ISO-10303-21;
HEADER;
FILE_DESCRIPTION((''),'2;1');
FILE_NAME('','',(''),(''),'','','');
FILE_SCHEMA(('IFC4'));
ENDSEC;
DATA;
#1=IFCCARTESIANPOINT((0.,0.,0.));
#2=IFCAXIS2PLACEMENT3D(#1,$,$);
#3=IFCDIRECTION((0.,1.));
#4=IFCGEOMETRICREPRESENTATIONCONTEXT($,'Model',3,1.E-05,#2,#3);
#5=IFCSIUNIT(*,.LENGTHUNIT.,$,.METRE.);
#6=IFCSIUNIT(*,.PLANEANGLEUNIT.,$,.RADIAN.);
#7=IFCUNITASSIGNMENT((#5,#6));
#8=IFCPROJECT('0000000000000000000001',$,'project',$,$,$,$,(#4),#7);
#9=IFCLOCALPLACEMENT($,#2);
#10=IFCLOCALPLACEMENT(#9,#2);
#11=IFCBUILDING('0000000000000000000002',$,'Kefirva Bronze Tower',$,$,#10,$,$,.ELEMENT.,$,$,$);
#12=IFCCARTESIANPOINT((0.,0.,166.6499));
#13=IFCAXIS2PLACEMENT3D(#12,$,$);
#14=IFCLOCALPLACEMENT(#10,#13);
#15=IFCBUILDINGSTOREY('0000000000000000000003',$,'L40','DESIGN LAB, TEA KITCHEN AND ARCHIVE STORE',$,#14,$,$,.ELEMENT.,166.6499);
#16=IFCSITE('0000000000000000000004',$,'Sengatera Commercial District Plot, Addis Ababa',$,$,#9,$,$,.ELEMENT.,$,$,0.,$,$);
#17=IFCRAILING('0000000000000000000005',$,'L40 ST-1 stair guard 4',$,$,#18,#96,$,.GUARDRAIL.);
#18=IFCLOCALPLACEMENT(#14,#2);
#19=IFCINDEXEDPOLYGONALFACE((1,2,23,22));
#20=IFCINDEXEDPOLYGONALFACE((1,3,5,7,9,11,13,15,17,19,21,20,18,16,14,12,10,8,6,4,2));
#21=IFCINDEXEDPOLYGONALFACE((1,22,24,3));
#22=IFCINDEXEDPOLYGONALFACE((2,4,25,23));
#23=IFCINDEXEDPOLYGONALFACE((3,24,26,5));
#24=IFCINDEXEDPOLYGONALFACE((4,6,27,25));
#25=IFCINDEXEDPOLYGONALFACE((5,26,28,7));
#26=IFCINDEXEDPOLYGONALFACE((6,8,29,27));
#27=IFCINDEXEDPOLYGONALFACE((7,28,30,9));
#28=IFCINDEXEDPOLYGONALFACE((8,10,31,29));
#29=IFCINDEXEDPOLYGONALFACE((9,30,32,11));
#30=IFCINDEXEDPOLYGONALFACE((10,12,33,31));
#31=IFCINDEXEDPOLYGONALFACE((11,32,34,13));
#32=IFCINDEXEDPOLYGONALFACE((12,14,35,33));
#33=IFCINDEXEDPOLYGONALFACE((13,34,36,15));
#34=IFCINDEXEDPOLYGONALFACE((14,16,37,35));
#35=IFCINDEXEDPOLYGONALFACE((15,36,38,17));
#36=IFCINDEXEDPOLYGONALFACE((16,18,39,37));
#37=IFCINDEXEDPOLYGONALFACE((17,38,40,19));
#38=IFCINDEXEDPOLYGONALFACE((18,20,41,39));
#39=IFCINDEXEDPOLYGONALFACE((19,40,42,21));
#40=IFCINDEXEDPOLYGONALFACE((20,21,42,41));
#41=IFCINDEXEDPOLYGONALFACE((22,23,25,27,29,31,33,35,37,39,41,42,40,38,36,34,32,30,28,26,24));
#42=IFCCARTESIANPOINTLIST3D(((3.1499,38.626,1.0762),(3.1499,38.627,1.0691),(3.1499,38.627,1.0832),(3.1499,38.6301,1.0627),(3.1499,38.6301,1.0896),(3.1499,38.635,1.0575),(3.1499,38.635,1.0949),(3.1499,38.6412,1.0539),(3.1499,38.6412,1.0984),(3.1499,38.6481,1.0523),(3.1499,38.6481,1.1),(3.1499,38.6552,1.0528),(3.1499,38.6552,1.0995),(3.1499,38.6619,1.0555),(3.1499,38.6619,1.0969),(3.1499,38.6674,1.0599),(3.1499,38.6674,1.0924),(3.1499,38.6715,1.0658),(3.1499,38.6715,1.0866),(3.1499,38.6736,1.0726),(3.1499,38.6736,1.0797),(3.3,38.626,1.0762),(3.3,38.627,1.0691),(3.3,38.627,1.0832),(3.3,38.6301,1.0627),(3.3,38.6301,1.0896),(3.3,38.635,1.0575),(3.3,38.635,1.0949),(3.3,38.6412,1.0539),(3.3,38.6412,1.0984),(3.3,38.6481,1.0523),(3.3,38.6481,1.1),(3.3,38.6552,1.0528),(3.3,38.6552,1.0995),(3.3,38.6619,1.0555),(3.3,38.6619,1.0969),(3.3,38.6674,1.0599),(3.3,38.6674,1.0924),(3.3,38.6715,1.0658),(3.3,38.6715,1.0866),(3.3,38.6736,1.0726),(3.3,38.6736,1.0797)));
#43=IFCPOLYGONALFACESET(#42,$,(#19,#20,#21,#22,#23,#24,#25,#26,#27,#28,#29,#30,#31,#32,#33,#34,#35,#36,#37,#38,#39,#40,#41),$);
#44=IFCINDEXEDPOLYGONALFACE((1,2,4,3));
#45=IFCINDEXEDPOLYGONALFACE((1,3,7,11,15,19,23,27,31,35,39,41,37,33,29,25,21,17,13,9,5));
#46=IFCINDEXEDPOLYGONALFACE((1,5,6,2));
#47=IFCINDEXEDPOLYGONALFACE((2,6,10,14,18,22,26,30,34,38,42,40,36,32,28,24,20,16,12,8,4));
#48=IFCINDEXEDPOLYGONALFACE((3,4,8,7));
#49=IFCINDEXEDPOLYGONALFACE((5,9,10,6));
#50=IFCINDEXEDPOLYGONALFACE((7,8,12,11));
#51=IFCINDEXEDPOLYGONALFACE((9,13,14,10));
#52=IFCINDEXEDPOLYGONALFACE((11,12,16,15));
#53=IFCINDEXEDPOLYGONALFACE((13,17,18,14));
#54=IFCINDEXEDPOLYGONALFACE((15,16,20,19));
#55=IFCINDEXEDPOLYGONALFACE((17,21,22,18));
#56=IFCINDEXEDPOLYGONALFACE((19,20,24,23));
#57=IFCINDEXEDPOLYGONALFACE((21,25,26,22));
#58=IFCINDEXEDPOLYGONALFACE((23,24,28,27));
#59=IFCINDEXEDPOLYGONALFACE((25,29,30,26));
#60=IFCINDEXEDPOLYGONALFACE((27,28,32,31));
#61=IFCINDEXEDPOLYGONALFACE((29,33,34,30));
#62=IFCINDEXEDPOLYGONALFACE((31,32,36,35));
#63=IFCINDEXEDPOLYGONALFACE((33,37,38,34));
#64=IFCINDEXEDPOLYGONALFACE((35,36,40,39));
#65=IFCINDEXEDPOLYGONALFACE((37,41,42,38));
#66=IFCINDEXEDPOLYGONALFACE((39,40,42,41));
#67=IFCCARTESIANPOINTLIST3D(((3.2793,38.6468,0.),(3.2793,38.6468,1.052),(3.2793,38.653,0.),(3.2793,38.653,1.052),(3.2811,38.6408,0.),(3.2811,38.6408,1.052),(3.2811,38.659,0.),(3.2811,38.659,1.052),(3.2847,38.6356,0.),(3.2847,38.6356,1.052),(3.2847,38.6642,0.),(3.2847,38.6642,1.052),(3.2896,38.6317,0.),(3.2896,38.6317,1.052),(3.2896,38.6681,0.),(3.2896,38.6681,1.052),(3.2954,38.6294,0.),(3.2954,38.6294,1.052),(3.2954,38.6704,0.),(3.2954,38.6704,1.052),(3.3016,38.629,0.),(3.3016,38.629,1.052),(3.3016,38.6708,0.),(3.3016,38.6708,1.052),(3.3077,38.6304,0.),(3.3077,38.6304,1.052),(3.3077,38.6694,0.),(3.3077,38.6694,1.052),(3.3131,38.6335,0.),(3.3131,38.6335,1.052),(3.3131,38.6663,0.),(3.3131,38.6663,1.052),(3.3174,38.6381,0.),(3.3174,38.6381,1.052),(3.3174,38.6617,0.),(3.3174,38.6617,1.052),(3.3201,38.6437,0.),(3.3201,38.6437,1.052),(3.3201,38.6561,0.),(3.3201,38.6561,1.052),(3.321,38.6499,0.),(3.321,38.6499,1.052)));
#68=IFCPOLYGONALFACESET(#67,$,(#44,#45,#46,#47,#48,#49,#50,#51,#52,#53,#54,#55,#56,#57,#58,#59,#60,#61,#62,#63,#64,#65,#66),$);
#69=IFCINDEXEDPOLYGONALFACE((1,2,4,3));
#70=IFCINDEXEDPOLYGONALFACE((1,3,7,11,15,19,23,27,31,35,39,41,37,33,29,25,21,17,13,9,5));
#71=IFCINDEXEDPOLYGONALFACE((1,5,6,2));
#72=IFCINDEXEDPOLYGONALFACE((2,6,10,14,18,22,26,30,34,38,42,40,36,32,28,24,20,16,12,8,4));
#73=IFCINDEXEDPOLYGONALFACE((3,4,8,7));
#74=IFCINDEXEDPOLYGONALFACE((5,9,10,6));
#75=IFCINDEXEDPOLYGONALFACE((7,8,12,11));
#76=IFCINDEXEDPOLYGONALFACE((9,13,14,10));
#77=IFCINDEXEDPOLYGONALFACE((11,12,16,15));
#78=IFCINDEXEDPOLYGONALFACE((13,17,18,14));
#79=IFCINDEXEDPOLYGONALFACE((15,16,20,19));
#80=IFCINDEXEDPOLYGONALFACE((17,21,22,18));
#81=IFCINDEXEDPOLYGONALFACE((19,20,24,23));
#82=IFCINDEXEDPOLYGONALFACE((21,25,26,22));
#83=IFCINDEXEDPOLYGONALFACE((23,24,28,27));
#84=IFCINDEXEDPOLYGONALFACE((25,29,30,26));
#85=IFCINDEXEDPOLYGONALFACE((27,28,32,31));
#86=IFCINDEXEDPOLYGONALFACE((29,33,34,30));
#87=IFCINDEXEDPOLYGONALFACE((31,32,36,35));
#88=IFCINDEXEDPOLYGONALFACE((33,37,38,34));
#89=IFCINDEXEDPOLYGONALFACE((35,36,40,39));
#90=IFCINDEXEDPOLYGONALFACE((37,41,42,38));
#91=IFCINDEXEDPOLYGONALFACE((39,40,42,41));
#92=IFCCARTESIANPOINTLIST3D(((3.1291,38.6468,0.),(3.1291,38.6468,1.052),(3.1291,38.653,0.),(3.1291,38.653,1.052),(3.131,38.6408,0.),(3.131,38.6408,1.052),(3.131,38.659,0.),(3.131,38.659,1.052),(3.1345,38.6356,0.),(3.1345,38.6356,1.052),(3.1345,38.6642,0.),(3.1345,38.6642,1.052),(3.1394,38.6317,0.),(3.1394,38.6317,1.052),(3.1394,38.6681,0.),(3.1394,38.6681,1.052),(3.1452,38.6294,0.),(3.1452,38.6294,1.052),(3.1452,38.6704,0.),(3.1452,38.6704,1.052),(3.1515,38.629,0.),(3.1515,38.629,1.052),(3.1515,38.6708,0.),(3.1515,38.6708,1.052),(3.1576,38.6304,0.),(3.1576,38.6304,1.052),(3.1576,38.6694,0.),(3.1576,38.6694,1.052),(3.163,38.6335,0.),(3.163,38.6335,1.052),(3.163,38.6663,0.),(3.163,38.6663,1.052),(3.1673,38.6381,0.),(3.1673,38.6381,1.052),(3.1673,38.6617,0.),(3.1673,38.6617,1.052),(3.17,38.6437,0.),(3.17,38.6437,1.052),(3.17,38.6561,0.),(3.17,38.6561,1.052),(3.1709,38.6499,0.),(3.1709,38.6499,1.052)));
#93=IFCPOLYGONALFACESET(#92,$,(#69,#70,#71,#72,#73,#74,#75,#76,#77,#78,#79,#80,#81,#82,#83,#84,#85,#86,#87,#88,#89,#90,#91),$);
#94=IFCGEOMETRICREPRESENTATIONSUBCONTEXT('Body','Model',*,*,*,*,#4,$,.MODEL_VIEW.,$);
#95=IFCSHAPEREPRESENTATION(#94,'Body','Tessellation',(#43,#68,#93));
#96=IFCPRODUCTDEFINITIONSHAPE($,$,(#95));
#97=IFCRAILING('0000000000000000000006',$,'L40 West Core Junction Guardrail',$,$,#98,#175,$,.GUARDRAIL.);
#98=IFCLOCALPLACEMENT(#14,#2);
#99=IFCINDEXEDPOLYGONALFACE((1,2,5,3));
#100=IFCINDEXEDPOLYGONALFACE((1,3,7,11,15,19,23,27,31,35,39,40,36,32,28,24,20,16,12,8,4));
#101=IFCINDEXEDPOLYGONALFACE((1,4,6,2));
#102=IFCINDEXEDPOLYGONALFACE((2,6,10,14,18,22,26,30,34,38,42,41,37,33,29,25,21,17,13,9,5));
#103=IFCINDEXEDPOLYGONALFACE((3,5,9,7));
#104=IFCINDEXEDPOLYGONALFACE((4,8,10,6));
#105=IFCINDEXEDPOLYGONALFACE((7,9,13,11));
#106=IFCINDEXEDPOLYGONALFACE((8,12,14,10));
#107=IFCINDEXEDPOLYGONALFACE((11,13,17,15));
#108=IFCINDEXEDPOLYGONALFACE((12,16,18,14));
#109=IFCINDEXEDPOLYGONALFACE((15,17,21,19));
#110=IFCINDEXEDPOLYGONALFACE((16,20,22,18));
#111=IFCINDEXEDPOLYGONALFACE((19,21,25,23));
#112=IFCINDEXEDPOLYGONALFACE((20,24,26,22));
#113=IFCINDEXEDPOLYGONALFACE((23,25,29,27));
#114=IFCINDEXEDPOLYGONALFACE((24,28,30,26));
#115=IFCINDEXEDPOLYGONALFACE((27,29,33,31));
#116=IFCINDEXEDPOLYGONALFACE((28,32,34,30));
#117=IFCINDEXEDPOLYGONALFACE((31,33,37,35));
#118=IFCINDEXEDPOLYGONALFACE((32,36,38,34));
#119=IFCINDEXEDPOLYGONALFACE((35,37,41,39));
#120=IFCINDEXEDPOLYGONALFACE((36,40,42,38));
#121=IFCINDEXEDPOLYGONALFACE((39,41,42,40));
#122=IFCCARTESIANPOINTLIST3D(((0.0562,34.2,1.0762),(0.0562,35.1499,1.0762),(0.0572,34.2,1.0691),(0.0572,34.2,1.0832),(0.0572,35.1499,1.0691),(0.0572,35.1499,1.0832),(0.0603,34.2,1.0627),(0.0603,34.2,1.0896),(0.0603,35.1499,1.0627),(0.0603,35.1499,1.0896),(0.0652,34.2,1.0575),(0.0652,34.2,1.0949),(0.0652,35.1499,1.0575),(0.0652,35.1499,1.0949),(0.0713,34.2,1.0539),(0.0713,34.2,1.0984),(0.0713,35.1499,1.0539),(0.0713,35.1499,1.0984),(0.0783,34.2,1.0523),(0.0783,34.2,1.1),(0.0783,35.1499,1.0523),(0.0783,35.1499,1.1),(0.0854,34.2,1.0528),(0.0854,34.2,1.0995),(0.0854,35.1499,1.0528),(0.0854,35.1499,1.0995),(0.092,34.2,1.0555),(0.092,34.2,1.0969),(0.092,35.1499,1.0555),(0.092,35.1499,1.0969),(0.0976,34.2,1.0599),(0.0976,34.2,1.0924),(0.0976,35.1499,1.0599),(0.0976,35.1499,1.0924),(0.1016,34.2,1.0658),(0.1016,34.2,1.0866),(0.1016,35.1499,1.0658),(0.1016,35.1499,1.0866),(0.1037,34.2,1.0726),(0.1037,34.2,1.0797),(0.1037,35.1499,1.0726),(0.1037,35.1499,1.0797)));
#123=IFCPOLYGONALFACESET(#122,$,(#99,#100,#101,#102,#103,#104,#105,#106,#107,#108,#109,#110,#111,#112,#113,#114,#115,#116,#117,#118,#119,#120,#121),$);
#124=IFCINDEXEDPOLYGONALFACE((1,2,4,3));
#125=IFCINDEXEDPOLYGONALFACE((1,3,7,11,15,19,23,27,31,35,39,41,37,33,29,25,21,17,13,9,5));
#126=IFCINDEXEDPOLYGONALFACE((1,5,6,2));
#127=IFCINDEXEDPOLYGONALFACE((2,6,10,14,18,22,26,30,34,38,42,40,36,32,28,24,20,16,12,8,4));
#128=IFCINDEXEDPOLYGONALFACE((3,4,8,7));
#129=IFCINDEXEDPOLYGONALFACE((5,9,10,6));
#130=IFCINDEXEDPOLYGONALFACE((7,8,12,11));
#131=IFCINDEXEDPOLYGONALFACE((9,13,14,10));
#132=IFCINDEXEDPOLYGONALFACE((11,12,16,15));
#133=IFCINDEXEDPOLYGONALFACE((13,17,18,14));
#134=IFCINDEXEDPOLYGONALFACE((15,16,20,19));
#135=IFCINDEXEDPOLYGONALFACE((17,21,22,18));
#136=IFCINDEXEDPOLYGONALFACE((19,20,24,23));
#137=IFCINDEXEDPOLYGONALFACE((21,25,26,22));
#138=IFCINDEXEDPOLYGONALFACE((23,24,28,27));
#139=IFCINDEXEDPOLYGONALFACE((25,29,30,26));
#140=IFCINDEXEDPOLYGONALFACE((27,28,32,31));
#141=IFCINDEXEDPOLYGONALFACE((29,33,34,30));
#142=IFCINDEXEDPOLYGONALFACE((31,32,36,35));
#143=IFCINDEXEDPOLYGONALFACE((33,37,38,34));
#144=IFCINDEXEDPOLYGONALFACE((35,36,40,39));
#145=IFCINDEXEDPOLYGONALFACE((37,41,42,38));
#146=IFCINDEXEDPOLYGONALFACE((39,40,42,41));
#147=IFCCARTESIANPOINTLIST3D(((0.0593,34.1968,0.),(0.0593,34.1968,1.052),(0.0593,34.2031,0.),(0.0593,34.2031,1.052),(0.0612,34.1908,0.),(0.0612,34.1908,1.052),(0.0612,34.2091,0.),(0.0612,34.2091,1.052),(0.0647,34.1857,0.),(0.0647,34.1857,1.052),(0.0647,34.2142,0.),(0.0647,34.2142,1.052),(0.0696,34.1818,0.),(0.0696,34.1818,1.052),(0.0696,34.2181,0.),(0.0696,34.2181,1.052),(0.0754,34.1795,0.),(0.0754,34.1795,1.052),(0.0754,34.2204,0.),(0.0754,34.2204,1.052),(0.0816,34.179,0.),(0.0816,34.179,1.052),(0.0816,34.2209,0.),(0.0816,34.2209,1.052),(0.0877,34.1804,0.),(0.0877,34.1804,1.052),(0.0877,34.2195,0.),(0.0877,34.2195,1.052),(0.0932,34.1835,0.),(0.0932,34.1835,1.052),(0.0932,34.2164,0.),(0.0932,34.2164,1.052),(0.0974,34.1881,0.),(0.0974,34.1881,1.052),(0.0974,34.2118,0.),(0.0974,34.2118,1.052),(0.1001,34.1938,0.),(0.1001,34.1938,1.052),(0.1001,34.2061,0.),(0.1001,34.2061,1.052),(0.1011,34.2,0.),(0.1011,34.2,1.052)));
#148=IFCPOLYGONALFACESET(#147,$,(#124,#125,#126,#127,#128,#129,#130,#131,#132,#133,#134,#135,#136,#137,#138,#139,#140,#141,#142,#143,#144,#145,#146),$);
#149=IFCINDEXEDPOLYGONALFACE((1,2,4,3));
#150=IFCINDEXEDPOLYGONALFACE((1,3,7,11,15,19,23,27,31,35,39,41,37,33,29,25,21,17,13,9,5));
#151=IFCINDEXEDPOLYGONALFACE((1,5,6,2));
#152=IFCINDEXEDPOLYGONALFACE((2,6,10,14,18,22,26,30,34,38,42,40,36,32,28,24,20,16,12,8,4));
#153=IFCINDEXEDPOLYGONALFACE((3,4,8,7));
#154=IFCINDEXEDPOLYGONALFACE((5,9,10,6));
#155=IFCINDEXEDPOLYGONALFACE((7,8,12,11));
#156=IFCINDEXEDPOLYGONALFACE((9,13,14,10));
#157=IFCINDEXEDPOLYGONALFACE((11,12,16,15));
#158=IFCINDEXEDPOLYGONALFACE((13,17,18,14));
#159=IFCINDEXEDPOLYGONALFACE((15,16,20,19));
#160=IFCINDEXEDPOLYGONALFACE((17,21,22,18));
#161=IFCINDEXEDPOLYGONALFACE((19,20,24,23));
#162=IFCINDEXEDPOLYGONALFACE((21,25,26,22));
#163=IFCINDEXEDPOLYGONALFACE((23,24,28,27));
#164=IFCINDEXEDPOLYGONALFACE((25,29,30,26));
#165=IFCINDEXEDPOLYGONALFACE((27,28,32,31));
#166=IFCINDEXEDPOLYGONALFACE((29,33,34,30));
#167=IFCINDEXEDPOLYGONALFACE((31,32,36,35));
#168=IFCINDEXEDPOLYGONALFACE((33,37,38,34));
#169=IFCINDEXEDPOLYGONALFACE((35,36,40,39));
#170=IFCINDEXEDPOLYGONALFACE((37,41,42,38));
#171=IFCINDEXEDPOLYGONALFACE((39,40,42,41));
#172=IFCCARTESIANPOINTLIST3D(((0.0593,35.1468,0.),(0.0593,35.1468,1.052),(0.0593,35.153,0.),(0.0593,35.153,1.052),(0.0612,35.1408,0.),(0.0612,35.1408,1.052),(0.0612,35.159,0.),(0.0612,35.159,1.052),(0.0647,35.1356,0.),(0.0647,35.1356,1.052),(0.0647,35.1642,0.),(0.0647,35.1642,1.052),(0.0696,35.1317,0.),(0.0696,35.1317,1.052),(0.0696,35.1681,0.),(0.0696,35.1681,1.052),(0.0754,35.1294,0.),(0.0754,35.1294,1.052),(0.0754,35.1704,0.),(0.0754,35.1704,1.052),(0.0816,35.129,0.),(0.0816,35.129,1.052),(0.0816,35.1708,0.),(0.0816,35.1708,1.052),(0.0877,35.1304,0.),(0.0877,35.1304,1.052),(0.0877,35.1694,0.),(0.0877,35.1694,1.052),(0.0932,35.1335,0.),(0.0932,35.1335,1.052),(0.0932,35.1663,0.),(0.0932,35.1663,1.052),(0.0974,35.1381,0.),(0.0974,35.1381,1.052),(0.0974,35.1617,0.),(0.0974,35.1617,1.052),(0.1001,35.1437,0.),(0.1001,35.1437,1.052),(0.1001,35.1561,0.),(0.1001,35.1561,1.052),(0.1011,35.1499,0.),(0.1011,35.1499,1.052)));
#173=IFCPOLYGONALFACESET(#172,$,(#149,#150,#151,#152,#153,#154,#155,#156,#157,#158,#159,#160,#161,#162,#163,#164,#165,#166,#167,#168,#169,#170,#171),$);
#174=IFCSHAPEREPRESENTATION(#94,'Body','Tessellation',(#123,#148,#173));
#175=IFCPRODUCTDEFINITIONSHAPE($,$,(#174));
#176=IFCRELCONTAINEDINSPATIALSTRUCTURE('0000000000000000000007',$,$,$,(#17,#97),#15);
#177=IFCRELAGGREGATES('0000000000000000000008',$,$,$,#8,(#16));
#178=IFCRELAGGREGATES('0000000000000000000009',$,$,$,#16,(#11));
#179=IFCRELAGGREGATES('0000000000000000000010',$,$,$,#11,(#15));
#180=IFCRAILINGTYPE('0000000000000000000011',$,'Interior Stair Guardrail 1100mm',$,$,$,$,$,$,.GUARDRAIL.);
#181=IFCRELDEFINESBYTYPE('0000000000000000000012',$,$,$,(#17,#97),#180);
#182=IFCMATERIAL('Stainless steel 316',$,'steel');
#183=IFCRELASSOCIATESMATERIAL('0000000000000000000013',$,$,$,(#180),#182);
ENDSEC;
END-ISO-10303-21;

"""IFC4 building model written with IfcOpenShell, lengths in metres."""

from ifc_helpers import new_model, si_unit, direction, frame, origin, origin_2d, place, context, subcontext, project, spatial, circle, extrude, material, type_object, element, save


model = new_model("IFC4")

# Units and contexts
model_context = context("Model", 3, precision=1e-05, world=origin(), true_north=direction((0.0, 1.0)))
body_context = subcontext(model_context, "Body", "Model", "MODEL_VIEW")
ifc_project = project(units=[si_unit("LENGTHUNIT", "METRE"), si_unit("PLANEANGLEUNIT", "RADIAN")], contexts=[model_context])

# Site, building, storey
site_placement = place(None, origin())
site = spatial("IfcSite", under=ifc_project, at=site_placement, Name="Sengatera Commercial District Plot, Addis Ababa", CompositionType="ELEMENT", RefElevation=0.0)
building_placement = place(site_placement, origin())
building = spatial("IfcBuilding", under=site, at=building_placement, Name="Kefirva Bronze Tower", CompositionType="ELEMENT")
storey_placement = place(building_placement, frame((0.0, 0.0, 166.6499)))
storey = spatial("IfcBuildingStorey", under=building, at=storey_placement, Name="L40", Description="DESIGN LAB, TEA KITCHEN AND ARCHIVE STORE", CompositionType="ELEMENT", Elevation=166.6499)

# Railings
ifc_material_1 = material(Name="Stainless steel 316", Category="steel")
railing_type_1 = type_object("IfcRailingType", Name="Interior Stair Guardrail 1100mm", PredefinedType="GUARDRAIL", material=ifc_material_1)
railing_1_placement = place(storey_placement, frame((3.3, 38.6499, 0.0)))
element("IfcRailing", 1, at=railing_1_placement, inside=storey, type_object=railing_type_1, Name="L40 ST-1 stair guard 4", PredefinedType="GUARDRAIL", context=body_context, shape_type="SweptSolid", body=[
    extrude(circle(Radius=0.0239, at=origin_2d()), frame((0.0, 0.0, 1.0762), z_axis=(-1.0, 0.0, 0.0), x_axis=(0.0, -1.0, 0.0)), (0.0, 0.0, 1.0), 0.1501),
    extrude(circle(Radius=0.021, at=origin_2d()), origin(), (0.0, 0.0, 1.0), 1.052),
    extrude(circle(Radius=0.021, at=origin_2d()), frame((-0.1501, 0.0, 0.0)), (0.0, 0.0, 1.0), 1.052),
])
railing_2_placement = place(storey_placement, frame((0.0801, 34.2, 0.0)))
element("IfcRailing", 2, at=railing_2_placement, inside=storey, type_object=railing_type_1, Name="L40 West Core Junction Guardrail", PredefinedType="GUARDRAIL", context=body_context, shape_type="SweptSolid", body=[
    extrude(circle(Radius=0.0239, at=origin_2d()), frame((0.0, 0.0, 1.0762), z_axis=(0.0, 1.0, 0.0), x_axis=(-1.0, 0.0, 0.0)), (0.0, 0.0, 1.0), 0.95),
    extrude(circle(Radius=0.021, at=origin_2d()), origin(), (0.0, 0.0, 1.0), 1.052),
    extrude(circle(Radius=0.021, at=origin_2d()), frame((0.0, 0.95, 0.0)), (0.0, 0.0, 1.0), 1.052),
])

save(model, "model.ifc")
